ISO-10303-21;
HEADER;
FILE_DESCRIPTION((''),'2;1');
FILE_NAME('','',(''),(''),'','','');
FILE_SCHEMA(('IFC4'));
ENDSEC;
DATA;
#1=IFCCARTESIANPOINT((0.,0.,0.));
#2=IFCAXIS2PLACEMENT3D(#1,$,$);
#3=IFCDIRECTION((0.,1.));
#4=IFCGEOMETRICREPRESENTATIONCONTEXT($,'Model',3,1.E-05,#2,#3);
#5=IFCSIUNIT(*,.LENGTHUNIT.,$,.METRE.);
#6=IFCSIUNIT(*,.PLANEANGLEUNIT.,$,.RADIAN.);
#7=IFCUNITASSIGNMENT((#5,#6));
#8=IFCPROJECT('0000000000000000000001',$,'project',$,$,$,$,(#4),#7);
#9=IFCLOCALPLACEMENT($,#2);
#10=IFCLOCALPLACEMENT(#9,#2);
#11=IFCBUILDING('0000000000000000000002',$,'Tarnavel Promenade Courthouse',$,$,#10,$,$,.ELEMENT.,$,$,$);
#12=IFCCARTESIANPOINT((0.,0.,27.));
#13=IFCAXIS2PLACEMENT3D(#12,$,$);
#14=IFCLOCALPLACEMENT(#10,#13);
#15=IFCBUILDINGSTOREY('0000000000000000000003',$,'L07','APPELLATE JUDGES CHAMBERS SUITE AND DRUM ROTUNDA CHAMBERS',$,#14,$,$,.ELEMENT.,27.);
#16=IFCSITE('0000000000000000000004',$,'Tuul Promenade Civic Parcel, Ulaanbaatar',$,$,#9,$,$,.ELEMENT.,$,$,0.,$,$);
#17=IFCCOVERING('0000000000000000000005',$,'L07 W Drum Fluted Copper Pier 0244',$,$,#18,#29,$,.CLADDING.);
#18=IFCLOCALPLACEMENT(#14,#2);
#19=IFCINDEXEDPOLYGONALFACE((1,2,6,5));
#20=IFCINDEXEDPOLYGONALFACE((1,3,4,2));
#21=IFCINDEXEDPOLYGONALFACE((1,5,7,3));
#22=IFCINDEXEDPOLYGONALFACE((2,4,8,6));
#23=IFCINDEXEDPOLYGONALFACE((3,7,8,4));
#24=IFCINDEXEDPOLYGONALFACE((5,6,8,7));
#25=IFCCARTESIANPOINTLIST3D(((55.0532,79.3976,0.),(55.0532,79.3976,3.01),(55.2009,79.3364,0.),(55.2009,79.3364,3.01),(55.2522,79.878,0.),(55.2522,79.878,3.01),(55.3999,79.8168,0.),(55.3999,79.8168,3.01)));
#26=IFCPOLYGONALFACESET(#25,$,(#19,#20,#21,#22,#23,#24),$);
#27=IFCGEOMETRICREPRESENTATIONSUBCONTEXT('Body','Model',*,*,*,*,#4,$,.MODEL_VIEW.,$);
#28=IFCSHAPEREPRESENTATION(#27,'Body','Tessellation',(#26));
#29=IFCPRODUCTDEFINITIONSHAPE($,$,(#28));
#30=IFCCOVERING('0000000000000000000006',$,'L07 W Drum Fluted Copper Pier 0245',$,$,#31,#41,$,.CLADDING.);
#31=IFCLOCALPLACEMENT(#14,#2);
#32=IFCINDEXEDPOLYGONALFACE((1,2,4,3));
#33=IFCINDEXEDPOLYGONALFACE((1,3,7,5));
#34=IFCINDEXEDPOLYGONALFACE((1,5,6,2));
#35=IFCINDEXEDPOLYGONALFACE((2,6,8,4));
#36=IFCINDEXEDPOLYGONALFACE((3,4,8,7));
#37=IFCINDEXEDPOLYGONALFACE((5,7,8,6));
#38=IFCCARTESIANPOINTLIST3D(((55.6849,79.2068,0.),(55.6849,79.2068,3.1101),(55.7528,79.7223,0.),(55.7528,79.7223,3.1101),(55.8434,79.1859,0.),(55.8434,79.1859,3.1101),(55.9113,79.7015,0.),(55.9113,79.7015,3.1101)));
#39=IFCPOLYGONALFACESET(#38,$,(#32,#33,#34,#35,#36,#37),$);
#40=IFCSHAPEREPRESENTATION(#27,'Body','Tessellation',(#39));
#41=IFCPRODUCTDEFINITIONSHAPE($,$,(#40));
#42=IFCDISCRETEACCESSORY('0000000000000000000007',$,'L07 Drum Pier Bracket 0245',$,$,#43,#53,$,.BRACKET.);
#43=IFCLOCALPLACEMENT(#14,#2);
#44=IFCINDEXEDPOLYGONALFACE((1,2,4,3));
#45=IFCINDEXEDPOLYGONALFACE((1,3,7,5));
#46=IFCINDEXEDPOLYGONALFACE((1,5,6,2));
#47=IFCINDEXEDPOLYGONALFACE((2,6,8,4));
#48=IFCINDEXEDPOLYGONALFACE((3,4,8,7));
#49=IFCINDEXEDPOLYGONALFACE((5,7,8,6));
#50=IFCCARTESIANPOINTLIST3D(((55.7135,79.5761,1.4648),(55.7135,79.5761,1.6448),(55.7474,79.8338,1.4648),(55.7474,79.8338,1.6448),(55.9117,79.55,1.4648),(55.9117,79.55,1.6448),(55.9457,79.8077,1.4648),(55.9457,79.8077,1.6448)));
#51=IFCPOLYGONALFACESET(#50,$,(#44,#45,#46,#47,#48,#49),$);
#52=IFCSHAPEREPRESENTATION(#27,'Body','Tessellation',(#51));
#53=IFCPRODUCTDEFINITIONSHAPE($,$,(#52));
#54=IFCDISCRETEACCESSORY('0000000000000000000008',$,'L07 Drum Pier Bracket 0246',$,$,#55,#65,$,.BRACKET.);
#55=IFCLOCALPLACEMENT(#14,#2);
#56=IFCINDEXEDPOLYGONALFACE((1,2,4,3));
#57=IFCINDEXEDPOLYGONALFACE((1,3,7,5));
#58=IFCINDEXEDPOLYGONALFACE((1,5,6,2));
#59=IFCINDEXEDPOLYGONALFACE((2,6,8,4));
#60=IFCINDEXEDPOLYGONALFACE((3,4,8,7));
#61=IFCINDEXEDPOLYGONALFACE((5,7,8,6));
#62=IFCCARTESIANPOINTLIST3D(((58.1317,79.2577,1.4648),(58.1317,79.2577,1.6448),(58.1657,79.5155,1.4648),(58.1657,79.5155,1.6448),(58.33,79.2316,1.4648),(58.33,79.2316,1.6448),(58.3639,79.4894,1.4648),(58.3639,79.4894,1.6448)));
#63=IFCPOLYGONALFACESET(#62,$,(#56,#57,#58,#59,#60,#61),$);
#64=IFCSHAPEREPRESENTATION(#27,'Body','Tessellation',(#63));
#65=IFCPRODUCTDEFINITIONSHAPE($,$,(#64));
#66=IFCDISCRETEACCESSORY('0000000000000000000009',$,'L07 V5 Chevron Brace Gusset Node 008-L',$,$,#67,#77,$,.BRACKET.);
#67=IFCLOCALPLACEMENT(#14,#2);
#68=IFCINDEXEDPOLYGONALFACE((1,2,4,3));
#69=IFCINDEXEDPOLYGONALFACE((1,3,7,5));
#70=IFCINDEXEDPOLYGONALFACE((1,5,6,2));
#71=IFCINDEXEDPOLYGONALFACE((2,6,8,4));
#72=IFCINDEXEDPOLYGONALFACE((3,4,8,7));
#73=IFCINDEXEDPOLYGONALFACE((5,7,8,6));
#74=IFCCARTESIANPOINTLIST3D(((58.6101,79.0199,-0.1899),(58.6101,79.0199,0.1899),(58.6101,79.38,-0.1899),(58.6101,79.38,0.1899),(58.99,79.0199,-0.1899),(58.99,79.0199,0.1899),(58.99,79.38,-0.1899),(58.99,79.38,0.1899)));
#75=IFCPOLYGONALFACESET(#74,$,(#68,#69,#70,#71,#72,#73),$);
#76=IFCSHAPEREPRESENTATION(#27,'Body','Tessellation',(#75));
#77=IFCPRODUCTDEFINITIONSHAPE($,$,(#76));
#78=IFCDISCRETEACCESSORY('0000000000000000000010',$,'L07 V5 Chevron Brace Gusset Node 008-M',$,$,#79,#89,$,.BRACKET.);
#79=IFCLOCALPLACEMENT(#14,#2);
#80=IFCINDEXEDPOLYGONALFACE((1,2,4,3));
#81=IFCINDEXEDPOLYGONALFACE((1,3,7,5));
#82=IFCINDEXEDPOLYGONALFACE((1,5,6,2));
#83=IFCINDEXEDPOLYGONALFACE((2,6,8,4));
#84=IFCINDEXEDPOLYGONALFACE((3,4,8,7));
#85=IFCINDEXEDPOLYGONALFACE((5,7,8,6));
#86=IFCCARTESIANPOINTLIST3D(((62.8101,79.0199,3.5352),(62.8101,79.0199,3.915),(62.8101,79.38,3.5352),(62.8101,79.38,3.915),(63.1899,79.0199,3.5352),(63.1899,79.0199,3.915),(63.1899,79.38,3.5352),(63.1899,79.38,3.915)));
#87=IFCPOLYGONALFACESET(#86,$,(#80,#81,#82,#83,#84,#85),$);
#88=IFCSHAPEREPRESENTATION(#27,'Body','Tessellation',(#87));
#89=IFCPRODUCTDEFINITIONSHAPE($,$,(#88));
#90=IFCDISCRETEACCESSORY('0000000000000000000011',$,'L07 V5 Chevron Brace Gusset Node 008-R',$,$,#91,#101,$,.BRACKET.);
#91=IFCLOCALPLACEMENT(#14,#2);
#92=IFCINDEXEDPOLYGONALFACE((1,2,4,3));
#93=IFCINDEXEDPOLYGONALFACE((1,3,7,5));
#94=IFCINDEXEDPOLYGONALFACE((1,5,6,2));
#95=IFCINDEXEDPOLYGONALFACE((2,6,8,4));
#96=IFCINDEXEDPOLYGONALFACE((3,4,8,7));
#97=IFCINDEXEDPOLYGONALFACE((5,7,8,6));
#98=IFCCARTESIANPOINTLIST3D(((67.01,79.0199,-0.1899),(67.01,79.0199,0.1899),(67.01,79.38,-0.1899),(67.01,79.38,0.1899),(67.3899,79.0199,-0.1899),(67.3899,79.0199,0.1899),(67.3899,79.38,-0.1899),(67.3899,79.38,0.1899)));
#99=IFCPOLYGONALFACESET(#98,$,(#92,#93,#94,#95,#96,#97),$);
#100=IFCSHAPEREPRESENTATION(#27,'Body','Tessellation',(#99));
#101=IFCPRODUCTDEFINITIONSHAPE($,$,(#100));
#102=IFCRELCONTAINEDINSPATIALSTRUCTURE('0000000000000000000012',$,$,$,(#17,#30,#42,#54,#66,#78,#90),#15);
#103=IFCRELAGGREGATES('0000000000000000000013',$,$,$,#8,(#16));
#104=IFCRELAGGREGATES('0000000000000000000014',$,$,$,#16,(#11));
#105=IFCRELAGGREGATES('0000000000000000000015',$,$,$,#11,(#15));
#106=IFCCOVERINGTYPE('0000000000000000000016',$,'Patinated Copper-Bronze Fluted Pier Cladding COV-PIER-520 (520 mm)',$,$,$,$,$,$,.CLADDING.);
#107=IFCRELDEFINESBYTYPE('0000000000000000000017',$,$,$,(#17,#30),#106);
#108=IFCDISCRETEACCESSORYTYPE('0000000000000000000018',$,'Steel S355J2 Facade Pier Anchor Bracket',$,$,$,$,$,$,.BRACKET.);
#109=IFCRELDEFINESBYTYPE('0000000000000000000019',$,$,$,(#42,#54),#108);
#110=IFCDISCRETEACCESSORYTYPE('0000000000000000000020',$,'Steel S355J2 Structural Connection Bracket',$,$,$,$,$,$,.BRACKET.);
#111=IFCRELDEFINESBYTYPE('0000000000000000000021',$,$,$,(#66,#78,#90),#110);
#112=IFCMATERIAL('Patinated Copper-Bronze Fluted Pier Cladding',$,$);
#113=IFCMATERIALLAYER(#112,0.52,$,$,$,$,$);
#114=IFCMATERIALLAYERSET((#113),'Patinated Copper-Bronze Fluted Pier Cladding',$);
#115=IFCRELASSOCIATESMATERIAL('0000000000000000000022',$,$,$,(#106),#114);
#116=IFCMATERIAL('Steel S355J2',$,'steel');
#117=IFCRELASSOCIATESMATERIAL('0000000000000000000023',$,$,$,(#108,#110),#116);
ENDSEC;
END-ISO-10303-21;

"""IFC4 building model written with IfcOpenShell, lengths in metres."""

from ifc_helpers import new_model, si_unit, direction, frame, origin, origin_2d, place, context, subcontext, project, spatial, rectangle, extrude, material, layer, layer_set, type_object, element, save


model = new_model("IFC4")

# Units and contexts
model_context = context("Model", 3, precision=1e-05, world=origin(), true_north=direction((0.0, 1.0)))
body_context = subcontext(model_context, "Body", "Model", "MODEL_VIEW")
ifc_project = project(units=[si_unit("LENGTHUNIT", "METRE"), si_unit("PLANEANGLEUNIT", "RADIAN")], contexts=[model_context])

# Site, building, storey
site_placement = place(None, origin())
site = spatial("IfcSite", under=ifc_project, at=site_placement, Name="Tuul Promenade Civic Parcel, Ulaanbaatar", CompositionType="ELEMENT", RefElevation=0.0)
building_placement = place(site_placement, origin())
building = spatial("IfcBuilding", under=site, at=building_placement, Name="Tarnavel Promenade Courthouse", CompositionType="ELEMENT")
storey_placement = place(building_placement, frame((0.0, 0.0, 27.0)))
storey = spatial("IfcBuildingStorey", under=building, at=storey_placement, Name="L07", Description="APPELLATE JUDGES CHAMBERS SUITE AND DRUM ROTUNDA CHAMBERS", CompositionType="ELEMENT", Elevation=27.0)

# Shared definitions
ifc_material_1 = material(Name="Steel S355J2", Category="steel")

# Coverings
ifc_material_2 = material(Name="Patinated Copper-Bronze Fluted Pier Cladding")
ifc_layer_1 = layer(ifc_material_2, 0.52)
ifc_layer_set_1 = layer_set([ifc_layer_1], Name="Patinated Copper-Bronze Fluted Pier Cladding")
covering_type = type_object("IfcCoveringType", Name="Patinated Copper-Bronze Fluted Pier Cladding COV-PIER-520 (520 mm)", PredefinedType="CLADDING", material=ifc_layer_set_1)
covering_1_placement = place(storey_placement, frame((55.2266, 79.6072, 0.0), z_axis=(0.0, 0.0, 1.0), x_axis=(0.92388, -0.382683, 0.0)))
element("IfcCovering", 1, at=covering_1_placement, inside=storey, type_object=covering_type, Name="L07 W Drum Fluted Copper Pier 0244", PredefinedType="CLADDING", context=body_context, shape_type="SweptSolid", body=[
    extrude(rectangle(XDim=0.1599, YDim=0.52, at=origin_2d()), origin(), (0.0, 0.0, 1.0), 3.01),
])
covering_2_placement = place(storey_placement, frame((55.7981, 79.4541, 0.0), z_axis=(0.0, 0.0, 1.0), x_axis=(0.991445, -0.130526, 0.0)))
element("IfcCovering", 2, at=covering_2_placement, inside=storey, type_object=covering_type, Name="L07 W Drum Fluted Copper Pier 0245", PredefinedType="CLADDING", context=body_context, shape_type="SweptSolid", body=[
    extrude(rectangle(XDim=0.1599, YDim=0.52, at=origin_2d()), origin(), (0.0, 0.0, 1.0), 3.1101),
])

# Discrete accessories
discrete_accessory_type_1 = type_object("IfcDiscreteAccessoryType", Name="Steel S355J2 Facade Pier Anchor Bracket", PredefinedType="BRACKET", material=ifc_material_1)
for number, where, z_axis, x_axis, name in (
    (3, (55.8296, 79.6919, 1.4648), (0.0, 0.0, 1.0), (0.991445, -0.130526, 0.0), "L07 Drum Pier Bracket 0245"),
    (4, (58.2478, 79.3735, 1.4648), (0.0, 0.0, 1.0), (0.991445, -0.130526, 0.0), "L07 Drum Pier Bracket 0246"),
):
    element("IfcDiscreteAccessory", number, at=place(storey_placement, frame(where, z_axis=z_axis, x_axis=x_axis)), inside=storey, type_object=discrete_accessory_type_1, Name=name, PredefinedType="BRACKET", context=body_context, shape_type="SweptSolid", body=[
        extrude(rectangle(XDim=0.2, YDim=0.26, at=origin_2d()), origin(), (0.0, 0.0, 1.0), 0.1799),
    ])
discrete_accessory_type_2 = type_object("IfcDiscreteAccessoryType", Name="Steel S355J2 Structural Connection Bracket", PredefinedType="BRACKET", material=ifc_material_1)
for number, where, z_axis, x_axis, name in (
    (5, (58.8, 79.2, -0.1899), (0.0, 0.0, 1.0), (1.0, 0.0, 0.0), "L07 V5 Chevron Brace Gusset Node 008-L"),
    (6, (63.0, 79.2, 3.5352), (0.0, 0.0, 1.0), (1.0, 0.0, 0.0), "L07 V5 Chevron Brace Gusset Node 008-M"),
    (7, (67.2, 79.2, -0.1899), (0.0, 0.0, 1.0), (1.0, 0.0, 0.0), "L07 V5 Chevron Brace Gusset Node 008-R"),
):
    element("IfcDiscreteAccessory", number, at=place(storey_placement, frame(where, z_axis=z_axis, x_axis=x_axis)), inside=storey, type_object=discrete_accessory_type_2, Name=name, PredefinedType="BRACKET", context=body_context, shape_type="SweptSolid", body=[
        extrude(rectangle(XDim=0.3799, YDim=0.3601, at=origin_2d()), origin(), (0.0, 0.0, 1.0), 0.3799),
    ])

save(model, "model.ifc")
